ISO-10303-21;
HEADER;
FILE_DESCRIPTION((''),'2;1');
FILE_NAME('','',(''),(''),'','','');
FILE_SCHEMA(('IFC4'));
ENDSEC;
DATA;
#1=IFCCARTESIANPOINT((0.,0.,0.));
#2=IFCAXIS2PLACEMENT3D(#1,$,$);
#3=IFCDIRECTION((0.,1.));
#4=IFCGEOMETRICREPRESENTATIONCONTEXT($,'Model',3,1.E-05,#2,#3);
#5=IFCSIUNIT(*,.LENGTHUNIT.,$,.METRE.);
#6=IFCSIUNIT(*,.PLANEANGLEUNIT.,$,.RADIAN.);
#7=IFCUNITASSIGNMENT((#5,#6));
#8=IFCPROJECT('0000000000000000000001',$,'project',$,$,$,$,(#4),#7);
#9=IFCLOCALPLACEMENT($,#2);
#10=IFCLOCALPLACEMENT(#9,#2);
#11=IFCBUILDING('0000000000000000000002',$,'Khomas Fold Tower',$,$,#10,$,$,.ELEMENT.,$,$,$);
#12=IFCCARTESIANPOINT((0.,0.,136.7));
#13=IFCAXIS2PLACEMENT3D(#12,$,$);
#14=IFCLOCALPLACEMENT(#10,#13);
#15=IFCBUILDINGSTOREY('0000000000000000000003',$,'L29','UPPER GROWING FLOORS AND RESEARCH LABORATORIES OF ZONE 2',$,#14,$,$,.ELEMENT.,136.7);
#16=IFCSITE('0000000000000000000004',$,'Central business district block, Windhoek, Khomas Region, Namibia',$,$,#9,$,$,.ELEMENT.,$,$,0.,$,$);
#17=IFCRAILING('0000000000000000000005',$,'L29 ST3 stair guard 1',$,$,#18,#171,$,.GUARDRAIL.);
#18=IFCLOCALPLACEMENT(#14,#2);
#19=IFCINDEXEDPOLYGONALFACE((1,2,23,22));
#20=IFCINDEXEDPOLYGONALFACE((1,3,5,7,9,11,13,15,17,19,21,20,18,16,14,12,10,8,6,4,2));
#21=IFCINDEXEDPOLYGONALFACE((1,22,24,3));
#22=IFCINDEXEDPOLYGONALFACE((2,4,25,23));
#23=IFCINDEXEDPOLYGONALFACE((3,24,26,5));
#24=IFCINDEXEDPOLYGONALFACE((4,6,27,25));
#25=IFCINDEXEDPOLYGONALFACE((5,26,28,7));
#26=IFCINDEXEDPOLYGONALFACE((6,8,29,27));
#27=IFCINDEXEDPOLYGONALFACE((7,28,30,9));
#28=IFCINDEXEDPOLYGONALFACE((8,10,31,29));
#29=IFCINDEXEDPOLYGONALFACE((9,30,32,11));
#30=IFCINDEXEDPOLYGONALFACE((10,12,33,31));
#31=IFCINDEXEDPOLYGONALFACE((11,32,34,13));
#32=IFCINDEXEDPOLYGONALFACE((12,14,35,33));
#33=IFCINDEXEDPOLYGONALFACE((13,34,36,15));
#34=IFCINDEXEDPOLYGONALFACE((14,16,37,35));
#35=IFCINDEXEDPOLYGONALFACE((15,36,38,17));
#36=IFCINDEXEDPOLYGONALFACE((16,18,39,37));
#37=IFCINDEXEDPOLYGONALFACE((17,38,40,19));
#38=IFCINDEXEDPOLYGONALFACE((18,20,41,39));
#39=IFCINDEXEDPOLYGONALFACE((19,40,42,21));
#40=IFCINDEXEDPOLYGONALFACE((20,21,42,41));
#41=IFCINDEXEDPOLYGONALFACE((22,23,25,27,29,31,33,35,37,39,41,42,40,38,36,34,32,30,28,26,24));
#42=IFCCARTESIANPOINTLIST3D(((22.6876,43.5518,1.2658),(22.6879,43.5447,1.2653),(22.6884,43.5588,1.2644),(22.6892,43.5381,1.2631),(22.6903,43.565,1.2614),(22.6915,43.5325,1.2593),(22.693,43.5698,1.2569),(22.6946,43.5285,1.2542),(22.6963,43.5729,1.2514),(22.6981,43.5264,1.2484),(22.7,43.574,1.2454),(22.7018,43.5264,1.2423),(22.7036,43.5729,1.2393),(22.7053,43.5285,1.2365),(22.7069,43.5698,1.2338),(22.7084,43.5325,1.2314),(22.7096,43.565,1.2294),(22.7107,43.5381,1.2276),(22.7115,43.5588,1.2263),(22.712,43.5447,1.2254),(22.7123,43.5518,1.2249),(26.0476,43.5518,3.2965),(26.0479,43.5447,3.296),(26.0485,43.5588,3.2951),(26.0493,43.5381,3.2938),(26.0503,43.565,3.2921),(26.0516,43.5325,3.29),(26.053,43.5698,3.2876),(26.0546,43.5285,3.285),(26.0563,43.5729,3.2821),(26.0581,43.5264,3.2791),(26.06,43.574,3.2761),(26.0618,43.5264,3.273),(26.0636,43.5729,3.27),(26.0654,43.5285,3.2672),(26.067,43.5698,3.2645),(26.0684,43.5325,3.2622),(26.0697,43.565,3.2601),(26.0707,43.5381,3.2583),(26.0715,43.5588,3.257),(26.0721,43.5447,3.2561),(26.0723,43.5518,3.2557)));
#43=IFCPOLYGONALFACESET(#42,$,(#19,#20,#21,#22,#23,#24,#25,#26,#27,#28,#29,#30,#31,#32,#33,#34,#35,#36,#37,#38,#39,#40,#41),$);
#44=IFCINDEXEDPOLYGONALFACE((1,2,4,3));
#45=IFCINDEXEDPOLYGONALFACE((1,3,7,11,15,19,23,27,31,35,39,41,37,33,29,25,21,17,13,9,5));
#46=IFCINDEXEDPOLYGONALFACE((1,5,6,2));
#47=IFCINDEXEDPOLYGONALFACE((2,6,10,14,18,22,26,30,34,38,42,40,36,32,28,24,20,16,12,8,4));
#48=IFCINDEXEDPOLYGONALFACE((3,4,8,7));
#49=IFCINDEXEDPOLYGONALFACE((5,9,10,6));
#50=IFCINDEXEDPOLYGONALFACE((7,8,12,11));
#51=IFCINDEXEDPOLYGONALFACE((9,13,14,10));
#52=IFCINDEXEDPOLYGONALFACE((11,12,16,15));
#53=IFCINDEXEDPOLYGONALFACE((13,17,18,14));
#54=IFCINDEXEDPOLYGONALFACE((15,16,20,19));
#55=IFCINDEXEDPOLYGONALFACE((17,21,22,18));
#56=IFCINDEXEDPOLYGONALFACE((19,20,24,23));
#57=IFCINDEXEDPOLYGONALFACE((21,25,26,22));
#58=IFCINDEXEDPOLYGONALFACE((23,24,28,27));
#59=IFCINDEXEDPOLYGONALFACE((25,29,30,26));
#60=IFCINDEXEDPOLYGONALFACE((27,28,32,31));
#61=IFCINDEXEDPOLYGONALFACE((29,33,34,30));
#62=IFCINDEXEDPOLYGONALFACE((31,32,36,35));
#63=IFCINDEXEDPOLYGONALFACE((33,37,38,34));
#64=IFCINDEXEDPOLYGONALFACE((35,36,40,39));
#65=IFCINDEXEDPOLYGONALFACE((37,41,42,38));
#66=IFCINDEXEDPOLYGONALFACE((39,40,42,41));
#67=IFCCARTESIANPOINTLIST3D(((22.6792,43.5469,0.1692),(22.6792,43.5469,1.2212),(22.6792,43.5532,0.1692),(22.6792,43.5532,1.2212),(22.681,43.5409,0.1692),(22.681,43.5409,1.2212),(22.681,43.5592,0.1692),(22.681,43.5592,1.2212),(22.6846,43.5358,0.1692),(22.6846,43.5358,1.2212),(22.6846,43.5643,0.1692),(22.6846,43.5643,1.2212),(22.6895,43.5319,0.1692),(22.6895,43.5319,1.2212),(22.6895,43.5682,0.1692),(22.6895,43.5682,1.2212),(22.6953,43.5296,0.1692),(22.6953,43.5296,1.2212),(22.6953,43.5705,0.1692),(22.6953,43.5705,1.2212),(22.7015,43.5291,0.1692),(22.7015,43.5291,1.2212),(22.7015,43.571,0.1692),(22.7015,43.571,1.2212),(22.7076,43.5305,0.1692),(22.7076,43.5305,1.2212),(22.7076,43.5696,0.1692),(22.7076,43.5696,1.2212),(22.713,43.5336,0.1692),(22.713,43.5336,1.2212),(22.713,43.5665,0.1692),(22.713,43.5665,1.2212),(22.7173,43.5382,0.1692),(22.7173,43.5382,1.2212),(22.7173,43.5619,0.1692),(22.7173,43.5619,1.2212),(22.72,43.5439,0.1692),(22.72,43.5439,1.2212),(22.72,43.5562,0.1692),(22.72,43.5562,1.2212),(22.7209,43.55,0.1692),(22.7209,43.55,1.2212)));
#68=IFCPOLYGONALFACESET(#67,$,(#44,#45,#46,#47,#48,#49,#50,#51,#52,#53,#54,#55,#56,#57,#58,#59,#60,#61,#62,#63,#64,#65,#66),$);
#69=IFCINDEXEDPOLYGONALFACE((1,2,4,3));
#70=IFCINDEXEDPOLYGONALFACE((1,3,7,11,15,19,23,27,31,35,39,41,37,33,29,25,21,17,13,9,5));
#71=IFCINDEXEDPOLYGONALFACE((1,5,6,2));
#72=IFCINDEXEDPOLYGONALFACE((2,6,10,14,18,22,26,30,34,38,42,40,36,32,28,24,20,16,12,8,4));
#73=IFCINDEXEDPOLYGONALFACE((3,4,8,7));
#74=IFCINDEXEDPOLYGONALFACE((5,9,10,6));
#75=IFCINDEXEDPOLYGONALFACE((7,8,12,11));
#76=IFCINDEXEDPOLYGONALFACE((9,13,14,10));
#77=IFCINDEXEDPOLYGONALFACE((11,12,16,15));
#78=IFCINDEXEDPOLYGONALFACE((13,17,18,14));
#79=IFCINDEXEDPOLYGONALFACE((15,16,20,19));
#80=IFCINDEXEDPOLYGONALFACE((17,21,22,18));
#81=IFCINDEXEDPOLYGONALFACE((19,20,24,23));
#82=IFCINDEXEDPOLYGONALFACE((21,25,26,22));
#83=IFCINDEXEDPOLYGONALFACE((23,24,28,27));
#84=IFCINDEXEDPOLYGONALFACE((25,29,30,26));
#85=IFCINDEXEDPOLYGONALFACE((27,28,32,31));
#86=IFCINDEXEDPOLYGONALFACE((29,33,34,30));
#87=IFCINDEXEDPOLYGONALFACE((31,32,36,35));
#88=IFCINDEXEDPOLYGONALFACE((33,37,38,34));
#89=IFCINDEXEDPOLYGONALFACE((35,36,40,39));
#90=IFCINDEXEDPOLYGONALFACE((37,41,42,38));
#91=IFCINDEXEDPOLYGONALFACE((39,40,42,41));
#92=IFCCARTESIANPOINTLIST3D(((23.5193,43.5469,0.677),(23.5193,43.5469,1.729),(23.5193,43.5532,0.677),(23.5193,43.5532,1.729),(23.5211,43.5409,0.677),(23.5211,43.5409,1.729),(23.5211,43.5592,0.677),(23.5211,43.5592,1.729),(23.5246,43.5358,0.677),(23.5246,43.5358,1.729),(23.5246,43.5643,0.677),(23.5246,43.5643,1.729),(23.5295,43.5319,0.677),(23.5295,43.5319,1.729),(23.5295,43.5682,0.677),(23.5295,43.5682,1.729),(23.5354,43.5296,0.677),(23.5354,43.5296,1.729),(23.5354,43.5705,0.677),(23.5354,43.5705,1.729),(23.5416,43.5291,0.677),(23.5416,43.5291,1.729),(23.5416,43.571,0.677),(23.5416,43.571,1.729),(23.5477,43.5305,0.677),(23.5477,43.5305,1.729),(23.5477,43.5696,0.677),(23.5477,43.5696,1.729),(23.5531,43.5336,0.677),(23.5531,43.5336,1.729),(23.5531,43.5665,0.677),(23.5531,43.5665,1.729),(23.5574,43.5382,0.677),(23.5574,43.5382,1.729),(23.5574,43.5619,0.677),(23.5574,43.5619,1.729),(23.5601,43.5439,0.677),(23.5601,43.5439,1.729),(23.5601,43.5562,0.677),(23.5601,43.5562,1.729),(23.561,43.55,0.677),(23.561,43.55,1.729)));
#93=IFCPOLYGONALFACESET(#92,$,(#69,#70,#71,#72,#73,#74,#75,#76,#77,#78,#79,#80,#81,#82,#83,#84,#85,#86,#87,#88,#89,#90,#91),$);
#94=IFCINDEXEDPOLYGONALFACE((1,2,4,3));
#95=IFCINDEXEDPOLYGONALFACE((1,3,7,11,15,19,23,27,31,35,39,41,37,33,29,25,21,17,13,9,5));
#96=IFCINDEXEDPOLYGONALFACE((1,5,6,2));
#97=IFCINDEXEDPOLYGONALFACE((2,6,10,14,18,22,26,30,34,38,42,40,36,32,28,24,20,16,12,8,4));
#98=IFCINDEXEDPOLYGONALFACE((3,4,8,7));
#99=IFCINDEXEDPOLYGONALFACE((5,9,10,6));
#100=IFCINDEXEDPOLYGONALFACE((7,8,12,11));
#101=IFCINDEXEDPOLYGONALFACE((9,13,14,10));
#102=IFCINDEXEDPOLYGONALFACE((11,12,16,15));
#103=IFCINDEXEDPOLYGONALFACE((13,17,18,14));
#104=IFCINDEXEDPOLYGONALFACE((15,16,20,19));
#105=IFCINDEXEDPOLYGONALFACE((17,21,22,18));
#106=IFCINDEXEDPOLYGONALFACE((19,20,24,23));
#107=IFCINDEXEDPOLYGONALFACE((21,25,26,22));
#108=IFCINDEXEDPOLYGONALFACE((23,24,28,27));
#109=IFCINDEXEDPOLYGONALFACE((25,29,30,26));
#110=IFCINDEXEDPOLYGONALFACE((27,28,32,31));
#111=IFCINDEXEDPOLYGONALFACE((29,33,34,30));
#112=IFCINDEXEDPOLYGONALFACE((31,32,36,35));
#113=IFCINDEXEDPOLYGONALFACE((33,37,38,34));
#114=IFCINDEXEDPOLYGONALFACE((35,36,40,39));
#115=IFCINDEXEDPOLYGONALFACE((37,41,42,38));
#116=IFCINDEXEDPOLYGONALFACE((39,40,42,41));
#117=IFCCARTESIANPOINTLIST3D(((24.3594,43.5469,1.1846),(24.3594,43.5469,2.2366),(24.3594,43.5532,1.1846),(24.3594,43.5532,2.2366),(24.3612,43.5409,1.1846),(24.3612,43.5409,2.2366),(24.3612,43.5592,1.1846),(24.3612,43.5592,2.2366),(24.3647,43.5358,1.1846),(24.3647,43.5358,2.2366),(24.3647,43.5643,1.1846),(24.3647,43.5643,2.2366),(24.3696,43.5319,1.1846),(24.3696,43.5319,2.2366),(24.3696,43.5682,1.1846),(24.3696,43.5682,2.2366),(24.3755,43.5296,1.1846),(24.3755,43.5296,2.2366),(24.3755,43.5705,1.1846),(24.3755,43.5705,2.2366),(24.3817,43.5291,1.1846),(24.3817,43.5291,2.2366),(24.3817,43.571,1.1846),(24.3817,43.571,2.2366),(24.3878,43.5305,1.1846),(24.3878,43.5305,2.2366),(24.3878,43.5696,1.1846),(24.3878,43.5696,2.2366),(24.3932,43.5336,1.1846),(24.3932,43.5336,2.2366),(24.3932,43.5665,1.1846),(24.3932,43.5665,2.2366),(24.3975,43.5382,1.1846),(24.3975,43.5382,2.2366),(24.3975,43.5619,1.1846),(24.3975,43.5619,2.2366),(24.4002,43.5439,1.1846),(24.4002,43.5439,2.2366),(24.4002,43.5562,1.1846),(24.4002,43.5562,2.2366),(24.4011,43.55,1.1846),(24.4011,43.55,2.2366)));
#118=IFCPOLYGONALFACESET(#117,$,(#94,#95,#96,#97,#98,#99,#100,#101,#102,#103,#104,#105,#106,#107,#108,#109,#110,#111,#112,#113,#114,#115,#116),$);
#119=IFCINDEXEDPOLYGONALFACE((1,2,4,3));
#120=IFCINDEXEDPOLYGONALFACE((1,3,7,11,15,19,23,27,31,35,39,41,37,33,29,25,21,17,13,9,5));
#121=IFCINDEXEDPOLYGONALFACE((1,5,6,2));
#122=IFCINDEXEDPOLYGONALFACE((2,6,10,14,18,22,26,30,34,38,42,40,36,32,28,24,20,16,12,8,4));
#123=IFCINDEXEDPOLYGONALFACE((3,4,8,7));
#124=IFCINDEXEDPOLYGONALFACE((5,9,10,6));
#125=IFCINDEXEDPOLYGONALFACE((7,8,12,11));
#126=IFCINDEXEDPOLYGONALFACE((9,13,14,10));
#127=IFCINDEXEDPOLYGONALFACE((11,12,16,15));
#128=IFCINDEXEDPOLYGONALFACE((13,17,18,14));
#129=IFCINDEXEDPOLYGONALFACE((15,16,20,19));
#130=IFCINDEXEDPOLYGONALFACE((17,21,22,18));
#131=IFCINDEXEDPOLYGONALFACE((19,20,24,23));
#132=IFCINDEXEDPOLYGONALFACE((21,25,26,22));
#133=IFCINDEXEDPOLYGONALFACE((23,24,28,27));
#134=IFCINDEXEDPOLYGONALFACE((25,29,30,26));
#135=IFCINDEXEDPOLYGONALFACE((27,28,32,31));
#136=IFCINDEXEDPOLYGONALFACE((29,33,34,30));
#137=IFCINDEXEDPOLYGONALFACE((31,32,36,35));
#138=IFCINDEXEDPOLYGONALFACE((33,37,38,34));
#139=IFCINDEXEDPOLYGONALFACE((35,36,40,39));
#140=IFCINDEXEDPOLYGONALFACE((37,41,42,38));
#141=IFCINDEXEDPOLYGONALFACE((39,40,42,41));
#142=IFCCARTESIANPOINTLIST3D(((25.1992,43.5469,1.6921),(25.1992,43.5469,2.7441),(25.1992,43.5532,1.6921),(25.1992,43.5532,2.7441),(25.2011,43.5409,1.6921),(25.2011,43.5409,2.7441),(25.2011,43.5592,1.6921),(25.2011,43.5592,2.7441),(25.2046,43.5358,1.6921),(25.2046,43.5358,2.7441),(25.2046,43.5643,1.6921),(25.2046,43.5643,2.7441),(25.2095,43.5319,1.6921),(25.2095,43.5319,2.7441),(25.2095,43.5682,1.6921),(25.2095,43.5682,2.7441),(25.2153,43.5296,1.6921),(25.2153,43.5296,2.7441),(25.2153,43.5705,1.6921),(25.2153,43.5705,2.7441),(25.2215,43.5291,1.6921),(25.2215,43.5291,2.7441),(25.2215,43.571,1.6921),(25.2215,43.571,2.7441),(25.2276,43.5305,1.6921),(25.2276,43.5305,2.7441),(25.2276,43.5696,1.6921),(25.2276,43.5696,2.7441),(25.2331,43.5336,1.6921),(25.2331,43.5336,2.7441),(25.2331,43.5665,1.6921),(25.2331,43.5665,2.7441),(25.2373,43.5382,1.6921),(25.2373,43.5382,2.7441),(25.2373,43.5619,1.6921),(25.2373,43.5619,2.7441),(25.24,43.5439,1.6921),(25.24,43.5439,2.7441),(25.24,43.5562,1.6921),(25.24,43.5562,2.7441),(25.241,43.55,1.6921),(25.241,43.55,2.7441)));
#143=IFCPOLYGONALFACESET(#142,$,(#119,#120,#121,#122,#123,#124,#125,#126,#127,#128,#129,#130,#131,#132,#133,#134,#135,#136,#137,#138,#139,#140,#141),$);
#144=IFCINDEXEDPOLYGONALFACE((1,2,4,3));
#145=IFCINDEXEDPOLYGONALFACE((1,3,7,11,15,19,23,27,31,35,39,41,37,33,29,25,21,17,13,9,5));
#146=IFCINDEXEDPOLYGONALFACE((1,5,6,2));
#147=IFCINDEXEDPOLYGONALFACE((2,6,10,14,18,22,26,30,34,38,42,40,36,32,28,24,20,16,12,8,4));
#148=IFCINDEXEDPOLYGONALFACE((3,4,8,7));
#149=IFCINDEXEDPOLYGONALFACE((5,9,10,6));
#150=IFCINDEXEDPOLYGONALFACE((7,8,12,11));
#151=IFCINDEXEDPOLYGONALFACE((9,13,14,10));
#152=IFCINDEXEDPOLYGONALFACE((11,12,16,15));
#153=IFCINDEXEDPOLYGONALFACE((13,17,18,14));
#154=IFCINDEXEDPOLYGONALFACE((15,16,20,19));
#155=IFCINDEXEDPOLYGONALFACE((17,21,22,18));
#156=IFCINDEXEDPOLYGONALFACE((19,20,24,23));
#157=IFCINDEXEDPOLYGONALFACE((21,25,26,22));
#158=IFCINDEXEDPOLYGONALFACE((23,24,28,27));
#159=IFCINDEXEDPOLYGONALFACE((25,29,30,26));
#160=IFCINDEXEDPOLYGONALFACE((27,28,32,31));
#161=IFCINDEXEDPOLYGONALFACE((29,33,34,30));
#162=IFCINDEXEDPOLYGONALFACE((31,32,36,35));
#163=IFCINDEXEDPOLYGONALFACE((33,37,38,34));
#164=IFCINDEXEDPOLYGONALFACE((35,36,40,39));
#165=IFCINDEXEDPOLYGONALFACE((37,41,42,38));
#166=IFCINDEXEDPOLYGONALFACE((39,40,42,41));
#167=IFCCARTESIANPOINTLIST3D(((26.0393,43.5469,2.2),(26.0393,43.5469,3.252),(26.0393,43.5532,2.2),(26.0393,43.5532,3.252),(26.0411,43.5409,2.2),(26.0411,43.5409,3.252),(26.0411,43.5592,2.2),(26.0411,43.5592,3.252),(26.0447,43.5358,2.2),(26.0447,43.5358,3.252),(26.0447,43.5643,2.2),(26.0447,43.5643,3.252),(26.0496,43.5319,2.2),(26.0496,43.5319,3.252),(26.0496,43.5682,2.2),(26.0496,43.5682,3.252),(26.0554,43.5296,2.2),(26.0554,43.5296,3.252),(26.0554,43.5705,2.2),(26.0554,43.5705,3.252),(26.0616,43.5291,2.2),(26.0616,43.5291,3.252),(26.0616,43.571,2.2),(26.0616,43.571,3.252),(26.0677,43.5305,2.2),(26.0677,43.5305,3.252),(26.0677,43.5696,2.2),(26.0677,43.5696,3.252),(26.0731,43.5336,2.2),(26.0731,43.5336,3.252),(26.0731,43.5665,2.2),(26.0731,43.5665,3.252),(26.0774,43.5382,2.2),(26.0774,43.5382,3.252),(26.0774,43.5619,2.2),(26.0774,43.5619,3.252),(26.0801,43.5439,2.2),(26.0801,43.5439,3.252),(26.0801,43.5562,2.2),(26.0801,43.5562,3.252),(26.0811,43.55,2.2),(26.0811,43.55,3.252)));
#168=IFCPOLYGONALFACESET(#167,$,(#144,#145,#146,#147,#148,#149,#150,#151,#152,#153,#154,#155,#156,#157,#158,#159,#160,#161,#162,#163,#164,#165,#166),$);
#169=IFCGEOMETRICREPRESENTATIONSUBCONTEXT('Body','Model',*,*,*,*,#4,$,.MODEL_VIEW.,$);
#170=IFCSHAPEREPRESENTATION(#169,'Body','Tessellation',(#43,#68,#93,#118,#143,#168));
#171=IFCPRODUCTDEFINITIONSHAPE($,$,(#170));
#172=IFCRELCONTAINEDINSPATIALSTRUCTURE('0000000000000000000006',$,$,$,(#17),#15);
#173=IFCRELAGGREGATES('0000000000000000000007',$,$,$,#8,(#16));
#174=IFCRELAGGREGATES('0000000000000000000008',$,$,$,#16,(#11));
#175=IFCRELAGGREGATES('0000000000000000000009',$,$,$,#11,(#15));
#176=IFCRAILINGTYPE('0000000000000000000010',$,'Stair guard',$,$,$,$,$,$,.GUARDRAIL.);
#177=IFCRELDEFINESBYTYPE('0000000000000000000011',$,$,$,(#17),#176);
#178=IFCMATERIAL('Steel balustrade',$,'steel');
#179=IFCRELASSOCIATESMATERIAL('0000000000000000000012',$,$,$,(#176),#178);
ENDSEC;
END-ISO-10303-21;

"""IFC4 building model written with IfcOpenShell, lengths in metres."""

from ifc_helpers import new_model, si_unit, direction, frame, origin, origin_2d, place, context, subcontext, project, spatial, circle, extrude, source, transform, mapped, material, type_object, element, save


model = new_model("IFC4")

# Units and contexts
model_context = context("Model", 3, precision=1e-05, world=origin(), true_north=direction((0.0, 1.0)))
body_context = subcontext(model_context, "Body", "Model", "MODEL_VIEW")
ifc_project = project(units=[si_unit("LENGTHUNIT", "METRE"), si_unit("PLANEANGLEUNIT", "RADIAN")], contexts=[model_context])

# Site, building, storey
site_placement = place(None, origin())
site = spatial("IfcSite", under=ifc_project, at=site_placement, Name="Central business district block, Windhoek, Khomas Region, Namibia", CompositionType="ELEMENT", RefElevation=0.0)
building_placement = place(site_placement, origin())
building = spatial("IfcBuilding", under=site, at=building_placement, Name="Khomas Fold Tower", CompositionType="ELEMENT")
storey_placement = place(building_placement, frame((0.0, 0.0, 136.7)))
storey = spatial("IfcBuildingStorey", under=building, at=storey_placement, Name="L29", Description="UPPER GROWING FLOORS AND RESEARCH LABORATORIES OF ZONE 2", CompositionType="ELEMENT", Elevation=136.7)

# Railing
ifc_material_1 = material(Name="Steel balustrade", Category="steel")
railing_type_1 = type_object("IfcRailingType", Name="Stair guard", PredefinedType="GUARDRAIL", material=ifc_material_1)
shared_shape_1 = source(origin(), body_context, "Body", "SweptSolid", [
    extrude(circle(Radius=0.0239, at=origin_2d()), frame((0.0, 0.0, 1.0762), z_axis=(0.855837, 0.0, 0.517246), x_axis=(0.0, 1.0, 0.0)), (0.0, 0.0, 1.0), 3.926),
    extrude(circle(Radius=0.021, at=origin_2d()), origin(), (0.0, 0.0, 1.0), 1.052),
    extrude(circle(Radius=0.021, at=origin_2d()), frame((0.8401, 0.0, 0.5078)), (0.0, 0.0, 1.0), 1.052),
    extrude(circle(Radius=0.021, at=origin_2d()), frame((1.6802, 0.0, 1.0154)), (0.0, 0.0, 1.0), 1.052),
    extrude(circle(Radius=0.021, at=origin_2d()), frame((2.52, 0.0, 1.5229)), (0.0, 0.0, 1.0), 1.052),
    extrude(circle(Radius=0.021, at=origin_2d()), frame((3.3601, 0.0, 2.0308)), (0.0, 0.0, 1.0), 1.052),
])
railing_1_placement = place(storey_placement, frame((22.7, 43.55, 0.1692)))
element("IfcRailing", 1, at=railing_1_placement, inside=storey, type_object=railing_type_1, Name="L29 ST3 stair guard 1", PredefinedType="GUARDRAIL", context=body_context, shape_type="MappedRepresentation", body=[
    mapped(shared_shape_1, transform((0.0, 0.0, 0.0))),
])

save(model, "model.ifc")
